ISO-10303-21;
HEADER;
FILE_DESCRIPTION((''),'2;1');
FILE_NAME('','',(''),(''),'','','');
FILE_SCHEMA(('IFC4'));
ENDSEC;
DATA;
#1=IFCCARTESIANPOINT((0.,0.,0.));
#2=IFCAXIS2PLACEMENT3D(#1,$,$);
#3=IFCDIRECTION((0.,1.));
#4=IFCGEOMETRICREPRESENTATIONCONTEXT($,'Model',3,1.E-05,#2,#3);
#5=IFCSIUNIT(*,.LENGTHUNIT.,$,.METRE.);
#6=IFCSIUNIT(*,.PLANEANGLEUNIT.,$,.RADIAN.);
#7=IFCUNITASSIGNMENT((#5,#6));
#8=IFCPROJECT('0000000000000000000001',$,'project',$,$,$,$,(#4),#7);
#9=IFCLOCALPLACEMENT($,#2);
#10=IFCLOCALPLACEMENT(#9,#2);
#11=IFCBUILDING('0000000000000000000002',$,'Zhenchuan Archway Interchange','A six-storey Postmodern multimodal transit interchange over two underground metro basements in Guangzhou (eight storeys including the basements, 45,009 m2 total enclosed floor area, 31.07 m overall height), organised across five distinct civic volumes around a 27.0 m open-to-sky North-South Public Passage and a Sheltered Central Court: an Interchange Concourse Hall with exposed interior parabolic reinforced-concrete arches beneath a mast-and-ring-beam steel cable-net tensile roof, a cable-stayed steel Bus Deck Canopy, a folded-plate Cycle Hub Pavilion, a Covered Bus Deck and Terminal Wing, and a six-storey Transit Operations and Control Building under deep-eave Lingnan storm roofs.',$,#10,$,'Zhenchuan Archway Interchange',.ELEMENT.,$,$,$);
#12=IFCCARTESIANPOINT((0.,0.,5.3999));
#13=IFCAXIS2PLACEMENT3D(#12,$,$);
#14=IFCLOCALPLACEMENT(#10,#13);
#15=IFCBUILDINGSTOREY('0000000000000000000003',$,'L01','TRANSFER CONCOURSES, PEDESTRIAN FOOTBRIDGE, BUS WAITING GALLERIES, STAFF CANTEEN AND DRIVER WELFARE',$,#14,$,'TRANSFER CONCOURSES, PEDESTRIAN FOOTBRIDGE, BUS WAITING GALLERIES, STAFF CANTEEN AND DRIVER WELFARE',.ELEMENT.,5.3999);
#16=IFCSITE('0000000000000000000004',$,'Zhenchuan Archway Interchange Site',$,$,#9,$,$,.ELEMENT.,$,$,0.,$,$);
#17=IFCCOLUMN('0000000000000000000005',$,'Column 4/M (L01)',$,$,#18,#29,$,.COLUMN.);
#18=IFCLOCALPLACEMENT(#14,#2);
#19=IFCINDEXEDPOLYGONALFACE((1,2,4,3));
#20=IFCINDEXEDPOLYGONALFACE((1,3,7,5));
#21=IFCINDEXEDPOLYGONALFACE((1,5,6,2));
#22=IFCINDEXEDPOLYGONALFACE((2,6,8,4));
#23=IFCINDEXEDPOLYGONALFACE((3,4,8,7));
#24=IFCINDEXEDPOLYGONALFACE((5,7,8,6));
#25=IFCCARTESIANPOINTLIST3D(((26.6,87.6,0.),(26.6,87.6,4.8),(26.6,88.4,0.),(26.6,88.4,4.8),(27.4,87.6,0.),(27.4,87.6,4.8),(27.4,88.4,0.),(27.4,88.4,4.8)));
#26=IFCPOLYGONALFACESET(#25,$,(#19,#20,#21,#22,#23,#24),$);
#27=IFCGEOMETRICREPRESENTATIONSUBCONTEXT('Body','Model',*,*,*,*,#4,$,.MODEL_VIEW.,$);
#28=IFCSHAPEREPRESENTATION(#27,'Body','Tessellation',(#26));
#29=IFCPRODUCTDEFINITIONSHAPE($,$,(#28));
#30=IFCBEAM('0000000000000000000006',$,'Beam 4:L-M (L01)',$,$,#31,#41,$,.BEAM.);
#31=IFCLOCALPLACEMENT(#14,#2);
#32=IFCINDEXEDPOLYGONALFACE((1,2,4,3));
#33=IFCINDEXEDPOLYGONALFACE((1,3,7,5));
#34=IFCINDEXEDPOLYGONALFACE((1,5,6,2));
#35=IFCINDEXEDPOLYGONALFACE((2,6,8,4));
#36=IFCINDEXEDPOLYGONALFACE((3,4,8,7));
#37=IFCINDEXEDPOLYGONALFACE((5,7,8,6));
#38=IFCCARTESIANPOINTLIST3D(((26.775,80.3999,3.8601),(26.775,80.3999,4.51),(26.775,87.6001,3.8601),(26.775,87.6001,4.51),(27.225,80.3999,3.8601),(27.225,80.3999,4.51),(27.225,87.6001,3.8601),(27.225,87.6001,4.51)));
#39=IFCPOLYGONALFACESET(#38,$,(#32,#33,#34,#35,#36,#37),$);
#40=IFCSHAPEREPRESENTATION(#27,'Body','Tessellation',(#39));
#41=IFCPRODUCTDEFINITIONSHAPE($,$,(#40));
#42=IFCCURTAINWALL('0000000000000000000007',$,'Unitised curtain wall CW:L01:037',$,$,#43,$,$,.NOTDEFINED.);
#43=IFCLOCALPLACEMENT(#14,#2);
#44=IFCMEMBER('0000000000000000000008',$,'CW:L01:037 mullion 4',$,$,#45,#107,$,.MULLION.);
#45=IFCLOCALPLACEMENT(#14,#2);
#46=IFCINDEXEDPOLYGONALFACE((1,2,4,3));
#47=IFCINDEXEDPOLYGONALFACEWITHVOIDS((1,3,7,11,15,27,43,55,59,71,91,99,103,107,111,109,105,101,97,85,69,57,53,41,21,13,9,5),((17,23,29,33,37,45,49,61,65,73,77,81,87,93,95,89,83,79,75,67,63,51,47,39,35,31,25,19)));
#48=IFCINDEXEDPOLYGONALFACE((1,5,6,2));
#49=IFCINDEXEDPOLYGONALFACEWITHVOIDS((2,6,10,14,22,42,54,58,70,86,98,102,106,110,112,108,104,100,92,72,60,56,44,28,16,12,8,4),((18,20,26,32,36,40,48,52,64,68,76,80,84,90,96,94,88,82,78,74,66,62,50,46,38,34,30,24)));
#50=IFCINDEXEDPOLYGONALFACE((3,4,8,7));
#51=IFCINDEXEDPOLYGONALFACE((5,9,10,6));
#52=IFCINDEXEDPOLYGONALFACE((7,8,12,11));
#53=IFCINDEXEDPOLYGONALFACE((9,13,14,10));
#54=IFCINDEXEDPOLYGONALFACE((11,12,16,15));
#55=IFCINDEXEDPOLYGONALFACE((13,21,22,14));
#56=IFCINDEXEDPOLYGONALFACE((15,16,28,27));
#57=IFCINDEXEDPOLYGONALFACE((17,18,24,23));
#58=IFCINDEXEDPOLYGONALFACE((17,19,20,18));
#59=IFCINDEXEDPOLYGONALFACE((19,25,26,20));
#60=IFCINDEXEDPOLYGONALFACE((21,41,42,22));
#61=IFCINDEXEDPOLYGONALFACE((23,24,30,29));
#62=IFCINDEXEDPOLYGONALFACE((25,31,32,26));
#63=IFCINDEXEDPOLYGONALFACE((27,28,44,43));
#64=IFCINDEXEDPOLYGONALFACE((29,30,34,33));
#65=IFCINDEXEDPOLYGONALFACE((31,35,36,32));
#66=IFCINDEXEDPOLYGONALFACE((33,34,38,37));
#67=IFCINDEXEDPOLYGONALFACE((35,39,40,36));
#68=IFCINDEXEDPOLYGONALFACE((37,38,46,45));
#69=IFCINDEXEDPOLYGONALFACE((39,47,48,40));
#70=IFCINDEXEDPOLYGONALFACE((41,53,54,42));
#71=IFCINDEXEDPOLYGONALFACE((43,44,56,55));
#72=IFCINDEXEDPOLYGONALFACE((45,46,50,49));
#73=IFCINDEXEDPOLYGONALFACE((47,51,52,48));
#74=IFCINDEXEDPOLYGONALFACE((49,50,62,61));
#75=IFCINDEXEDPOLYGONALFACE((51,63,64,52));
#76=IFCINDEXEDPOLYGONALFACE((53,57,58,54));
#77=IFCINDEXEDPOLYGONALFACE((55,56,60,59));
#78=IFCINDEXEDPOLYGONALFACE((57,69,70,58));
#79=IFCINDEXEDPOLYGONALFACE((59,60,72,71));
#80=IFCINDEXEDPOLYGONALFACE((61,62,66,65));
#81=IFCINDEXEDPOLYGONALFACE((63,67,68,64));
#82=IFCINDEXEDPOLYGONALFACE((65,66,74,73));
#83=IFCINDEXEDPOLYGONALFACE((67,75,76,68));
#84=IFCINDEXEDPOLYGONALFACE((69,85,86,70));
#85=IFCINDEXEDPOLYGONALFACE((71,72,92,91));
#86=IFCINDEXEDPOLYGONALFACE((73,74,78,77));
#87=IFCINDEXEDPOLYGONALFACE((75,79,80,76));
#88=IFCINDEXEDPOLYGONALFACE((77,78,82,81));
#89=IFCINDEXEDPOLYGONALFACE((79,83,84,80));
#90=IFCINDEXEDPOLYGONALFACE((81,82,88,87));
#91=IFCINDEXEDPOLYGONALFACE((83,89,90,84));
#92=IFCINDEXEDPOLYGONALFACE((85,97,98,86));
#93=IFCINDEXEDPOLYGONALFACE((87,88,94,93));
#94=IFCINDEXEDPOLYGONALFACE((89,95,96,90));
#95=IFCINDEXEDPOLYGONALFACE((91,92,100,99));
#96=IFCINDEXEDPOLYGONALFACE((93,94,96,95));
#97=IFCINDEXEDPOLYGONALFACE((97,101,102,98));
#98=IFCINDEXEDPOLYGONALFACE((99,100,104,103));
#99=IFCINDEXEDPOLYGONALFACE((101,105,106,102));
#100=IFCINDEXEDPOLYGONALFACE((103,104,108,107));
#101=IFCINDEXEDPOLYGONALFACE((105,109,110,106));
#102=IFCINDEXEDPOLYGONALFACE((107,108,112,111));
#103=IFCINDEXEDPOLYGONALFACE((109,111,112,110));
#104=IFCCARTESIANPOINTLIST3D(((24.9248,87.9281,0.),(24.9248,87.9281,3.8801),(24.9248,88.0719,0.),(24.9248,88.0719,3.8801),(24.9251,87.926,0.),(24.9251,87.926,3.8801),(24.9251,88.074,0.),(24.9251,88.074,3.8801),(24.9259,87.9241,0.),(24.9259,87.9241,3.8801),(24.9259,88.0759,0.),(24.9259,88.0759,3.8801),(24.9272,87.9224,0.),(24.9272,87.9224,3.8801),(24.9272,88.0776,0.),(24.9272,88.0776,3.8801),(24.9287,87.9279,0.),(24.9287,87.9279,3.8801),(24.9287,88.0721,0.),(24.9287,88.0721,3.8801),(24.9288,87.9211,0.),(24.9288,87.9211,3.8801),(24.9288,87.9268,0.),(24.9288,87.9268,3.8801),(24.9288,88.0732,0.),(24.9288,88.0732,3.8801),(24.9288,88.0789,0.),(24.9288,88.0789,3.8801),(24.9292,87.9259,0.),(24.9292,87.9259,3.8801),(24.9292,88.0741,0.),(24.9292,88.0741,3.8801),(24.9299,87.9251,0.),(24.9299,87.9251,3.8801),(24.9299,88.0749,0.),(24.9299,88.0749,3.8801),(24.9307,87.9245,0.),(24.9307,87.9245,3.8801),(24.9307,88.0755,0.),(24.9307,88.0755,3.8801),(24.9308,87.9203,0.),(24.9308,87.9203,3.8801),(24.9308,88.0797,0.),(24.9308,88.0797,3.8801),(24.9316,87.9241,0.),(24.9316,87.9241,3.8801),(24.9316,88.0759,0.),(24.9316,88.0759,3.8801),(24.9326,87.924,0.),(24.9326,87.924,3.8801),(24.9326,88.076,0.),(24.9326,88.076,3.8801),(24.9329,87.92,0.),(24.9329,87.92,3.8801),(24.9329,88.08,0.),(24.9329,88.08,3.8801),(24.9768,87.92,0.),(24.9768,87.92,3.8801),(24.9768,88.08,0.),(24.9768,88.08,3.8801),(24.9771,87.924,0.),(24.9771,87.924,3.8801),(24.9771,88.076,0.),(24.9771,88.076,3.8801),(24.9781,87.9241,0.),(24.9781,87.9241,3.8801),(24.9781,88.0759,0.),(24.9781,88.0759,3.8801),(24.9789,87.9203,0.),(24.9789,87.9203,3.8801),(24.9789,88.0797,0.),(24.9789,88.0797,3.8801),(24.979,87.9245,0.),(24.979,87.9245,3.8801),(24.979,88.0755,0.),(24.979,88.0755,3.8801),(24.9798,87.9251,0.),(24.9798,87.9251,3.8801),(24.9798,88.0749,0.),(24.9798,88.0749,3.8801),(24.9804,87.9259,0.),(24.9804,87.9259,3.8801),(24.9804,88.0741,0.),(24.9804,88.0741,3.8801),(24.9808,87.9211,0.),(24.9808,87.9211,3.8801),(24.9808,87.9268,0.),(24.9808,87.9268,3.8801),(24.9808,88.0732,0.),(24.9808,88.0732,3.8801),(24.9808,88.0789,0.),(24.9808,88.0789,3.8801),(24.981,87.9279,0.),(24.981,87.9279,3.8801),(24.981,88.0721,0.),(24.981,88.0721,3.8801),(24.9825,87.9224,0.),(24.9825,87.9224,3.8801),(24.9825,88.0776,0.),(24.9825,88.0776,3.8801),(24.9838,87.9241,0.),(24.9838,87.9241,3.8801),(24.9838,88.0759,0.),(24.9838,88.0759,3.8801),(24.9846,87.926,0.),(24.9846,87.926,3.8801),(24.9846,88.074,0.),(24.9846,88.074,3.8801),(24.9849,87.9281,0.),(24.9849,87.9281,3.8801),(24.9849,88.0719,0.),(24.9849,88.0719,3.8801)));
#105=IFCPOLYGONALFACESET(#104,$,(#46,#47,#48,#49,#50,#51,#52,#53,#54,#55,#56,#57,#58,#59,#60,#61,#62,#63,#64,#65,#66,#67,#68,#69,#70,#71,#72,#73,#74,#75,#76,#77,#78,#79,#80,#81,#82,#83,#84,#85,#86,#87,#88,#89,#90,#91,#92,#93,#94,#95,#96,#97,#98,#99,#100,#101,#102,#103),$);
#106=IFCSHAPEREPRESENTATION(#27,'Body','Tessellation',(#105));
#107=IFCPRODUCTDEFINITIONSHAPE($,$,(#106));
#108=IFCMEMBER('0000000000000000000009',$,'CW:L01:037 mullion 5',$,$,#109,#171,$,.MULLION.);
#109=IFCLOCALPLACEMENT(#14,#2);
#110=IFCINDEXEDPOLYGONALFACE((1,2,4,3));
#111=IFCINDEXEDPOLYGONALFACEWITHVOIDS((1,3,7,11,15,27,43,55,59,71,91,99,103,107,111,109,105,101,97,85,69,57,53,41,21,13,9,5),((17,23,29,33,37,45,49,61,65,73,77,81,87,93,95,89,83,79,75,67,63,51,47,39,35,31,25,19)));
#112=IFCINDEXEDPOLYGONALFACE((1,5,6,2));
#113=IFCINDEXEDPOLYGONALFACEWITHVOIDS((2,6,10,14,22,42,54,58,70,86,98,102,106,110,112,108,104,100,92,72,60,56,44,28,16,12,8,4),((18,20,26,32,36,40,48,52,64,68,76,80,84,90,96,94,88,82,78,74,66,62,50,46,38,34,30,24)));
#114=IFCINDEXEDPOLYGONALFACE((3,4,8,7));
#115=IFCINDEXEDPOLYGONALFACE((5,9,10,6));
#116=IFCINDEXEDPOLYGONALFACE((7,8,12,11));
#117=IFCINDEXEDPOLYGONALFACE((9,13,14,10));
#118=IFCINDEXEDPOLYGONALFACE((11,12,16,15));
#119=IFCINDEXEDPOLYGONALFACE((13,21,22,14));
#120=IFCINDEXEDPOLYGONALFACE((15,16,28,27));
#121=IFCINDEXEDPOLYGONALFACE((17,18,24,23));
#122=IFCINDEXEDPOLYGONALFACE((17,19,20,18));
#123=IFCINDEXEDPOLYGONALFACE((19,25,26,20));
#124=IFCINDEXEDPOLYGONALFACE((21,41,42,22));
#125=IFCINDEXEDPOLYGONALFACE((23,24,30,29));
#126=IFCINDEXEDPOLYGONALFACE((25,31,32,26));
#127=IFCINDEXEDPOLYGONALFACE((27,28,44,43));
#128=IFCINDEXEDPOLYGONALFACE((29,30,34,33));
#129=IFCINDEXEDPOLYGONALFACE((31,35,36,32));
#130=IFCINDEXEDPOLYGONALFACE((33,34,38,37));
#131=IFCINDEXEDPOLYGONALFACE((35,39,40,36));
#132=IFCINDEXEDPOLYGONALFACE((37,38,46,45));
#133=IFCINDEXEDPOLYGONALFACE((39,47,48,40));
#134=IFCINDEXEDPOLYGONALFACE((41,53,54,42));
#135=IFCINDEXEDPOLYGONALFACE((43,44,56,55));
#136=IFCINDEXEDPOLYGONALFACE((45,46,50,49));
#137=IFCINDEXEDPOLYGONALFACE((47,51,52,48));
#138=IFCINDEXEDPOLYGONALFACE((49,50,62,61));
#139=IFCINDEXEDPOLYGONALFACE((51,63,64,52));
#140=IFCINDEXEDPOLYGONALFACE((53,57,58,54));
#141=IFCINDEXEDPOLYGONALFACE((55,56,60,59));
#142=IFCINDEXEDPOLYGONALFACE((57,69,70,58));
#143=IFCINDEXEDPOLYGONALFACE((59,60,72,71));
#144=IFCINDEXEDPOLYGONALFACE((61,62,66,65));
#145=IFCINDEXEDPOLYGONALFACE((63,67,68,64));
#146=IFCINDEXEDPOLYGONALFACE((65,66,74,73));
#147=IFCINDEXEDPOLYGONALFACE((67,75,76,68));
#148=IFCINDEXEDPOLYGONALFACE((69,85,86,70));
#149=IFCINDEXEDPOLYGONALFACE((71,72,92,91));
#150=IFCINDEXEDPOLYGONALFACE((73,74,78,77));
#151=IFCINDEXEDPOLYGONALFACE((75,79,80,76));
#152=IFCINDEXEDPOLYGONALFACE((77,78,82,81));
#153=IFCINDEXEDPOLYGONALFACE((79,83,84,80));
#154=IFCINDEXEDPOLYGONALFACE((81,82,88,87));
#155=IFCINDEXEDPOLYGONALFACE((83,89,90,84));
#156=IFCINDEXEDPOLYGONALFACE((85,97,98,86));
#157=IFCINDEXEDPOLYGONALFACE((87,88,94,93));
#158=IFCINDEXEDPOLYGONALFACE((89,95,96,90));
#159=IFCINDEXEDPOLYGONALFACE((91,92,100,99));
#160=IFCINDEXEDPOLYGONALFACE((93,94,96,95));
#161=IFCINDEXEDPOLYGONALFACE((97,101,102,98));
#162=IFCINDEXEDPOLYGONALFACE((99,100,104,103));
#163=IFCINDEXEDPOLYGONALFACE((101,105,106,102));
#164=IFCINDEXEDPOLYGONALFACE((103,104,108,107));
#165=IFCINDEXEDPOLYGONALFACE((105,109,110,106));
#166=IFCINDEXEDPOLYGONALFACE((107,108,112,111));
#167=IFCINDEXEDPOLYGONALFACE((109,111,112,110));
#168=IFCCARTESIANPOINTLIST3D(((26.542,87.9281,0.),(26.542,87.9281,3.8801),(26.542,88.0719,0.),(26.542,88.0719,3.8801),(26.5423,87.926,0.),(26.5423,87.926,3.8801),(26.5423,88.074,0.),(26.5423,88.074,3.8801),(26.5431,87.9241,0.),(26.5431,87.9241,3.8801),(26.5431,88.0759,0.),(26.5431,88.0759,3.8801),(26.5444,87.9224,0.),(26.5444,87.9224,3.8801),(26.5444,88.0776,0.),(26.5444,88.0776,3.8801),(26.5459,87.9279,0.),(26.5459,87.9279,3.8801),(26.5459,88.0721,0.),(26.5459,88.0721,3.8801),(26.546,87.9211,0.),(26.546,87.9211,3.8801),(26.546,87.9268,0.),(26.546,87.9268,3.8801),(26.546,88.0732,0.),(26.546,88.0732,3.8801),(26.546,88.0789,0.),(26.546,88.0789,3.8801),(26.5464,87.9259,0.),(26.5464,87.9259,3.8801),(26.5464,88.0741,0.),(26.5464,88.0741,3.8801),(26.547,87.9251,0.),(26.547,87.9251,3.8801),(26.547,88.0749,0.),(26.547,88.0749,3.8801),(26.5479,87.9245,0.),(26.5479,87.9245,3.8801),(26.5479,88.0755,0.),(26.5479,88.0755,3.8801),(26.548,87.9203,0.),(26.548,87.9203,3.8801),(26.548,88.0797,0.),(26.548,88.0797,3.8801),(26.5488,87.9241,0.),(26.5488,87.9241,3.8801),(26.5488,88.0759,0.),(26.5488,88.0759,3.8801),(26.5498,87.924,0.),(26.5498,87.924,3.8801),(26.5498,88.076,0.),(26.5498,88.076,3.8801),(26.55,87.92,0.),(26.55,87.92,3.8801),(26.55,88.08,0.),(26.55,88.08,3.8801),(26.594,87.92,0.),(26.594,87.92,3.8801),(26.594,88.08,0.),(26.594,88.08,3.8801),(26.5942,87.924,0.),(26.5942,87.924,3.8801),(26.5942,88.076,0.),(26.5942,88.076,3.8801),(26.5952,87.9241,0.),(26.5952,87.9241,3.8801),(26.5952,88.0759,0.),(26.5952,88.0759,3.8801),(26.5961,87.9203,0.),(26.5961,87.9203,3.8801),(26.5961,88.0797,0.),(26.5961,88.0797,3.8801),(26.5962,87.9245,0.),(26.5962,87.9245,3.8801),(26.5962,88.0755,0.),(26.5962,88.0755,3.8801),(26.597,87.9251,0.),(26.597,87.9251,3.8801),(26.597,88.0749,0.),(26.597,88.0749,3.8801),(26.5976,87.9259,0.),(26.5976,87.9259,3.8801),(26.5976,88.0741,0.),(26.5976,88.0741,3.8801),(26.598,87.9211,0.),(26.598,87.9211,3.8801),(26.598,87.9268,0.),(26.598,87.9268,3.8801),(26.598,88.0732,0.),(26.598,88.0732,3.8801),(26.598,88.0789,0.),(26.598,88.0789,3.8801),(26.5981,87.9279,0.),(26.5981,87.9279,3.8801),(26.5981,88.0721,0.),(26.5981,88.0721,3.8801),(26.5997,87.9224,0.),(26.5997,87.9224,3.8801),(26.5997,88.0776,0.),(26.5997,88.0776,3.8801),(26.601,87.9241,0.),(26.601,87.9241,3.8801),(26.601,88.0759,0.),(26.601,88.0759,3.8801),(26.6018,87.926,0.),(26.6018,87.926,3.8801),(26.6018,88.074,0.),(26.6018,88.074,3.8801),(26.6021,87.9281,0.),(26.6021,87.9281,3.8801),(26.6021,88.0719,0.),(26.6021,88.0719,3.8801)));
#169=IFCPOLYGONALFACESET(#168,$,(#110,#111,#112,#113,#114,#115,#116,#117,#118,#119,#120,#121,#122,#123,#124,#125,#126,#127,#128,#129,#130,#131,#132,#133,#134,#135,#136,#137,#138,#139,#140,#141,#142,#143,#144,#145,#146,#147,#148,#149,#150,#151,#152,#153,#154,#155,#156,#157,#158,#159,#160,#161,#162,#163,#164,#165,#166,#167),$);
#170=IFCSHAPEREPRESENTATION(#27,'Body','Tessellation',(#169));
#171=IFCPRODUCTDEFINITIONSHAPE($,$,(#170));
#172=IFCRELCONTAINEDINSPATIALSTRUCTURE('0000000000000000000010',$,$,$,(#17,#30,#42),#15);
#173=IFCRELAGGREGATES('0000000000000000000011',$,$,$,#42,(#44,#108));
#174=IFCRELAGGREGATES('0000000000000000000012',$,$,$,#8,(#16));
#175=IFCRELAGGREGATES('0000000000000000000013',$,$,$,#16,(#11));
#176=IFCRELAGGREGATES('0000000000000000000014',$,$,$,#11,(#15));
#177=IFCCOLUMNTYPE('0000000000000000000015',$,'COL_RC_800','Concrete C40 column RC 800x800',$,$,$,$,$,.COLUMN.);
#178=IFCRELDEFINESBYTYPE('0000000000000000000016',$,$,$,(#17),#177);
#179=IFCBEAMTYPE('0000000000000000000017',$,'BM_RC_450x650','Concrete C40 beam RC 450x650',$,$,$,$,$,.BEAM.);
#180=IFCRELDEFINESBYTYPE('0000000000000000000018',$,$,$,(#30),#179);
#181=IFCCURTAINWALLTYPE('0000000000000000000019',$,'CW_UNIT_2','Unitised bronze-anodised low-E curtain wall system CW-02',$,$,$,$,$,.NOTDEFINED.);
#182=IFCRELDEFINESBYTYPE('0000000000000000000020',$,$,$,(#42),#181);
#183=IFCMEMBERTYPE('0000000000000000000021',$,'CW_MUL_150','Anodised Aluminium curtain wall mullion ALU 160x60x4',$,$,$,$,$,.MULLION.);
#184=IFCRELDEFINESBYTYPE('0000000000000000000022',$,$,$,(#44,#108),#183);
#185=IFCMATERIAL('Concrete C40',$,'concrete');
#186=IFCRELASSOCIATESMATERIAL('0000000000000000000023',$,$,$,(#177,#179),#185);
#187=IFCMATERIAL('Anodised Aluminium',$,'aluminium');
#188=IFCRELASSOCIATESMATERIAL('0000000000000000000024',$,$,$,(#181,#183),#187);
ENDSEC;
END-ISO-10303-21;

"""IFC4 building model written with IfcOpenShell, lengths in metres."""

from ifc_helpers import new_model, si_unit, direction, frame, origin, origin_2d, place, context, subcontext, project, spatial, rectangle, hollow_rectangle, extrude, material, material_profile, profile_set, type_object, element, aggregate, save


model = new_model("IFC4")

# Units and contexts
model_context = context("Model", 3, precision=1e-05, world=origin(), true_north=direction((0.0, 1.0)))
body_context = subcontext(model_context, "Body", "Model", "MODEL_VIEW")
ifc_project = project(units=[si_unit("LENGTHUNIT", "METRE"), si_unit("PLANEANGLEUNIT", "RADIAN")], contexts=[model_context])

# Site, building, storey
site_placement = place(None, origin())
site = spatial("IfcSite", under=ifc_project, at=site_placement, Name="Zhenchuan Archway Interchange Site", CompositionType="ELEMENT", RefElevation=0.0)
building_placement = place(site_placement, origin())
building = spatial("IfcBuilding", under=site, at=building_placement, Name="Zhenchuan Archway Interchange", Description="A six-storey Postmodern multimodal transit interchange over two underground metro basements in Guangzhou (eight storeys including the basements, 45,009 m2 total enclosed floor area, 31.07 m overall height), organised across five distinct civic volumes around a 27.0 m open-to-sky North-South Public Passage and a Sheltered Central Court: an Interchange Concourse Hall with exposed interior parabolic reinforced-concrete arches beneath a mast-and-ring-beam steel cable-net tensile roof, a cable-stayed steel Bus Deck Canopy, a folded-plate Cycle Hub Pavilion, a Covered Bus Deck and Terminal Wing, and a six-storey Transit Operations and Control Building under deep-eave Lingnan storm roofs.", LongName="Zhenchuan Archway Interchange", CompositionType="ELEMENT")
storey_placement = place(building_placement, frame((0.0, 0.0, 5.3999)))
storey = spatial("IfcBuildingStorey", under=building, at=storey_placement, Name="L01", Description="TRANSFER CONCOURSES, PEDESTRIAN FOOTBRIDGE, BUS WAITING GALLERIES, STAFF CANTEEN AND DRIVER WELFARE", LongName="TRANSFER CONCOURSES, PEDESTRIAN FOOTBRIDGE, BUS WAITING GALLERIES, STAFF CANTEEN AND DRIVER WELFARE", CompositionType="ELEMENT", Elevation=5.3999)

# Column
ifc_material_1 = material(Name="Concrete C40", Category="concrete")
ifc_material_profile_1 = material_profile(ifc_material_1, rectangle(XDim=0.8, YDim=0.8, at=origin_2d()), Name="RC 800x800")
ifc_profile_set_1 = profile_set([ifc_material_profile_1], Name="Concrete C40")
column_type = type_object("IfcColumnType", Name="COL_RC_800", Description="Concrete C40 column RC 800x800", PredefinedType="COLUMN", material=ifc_profile_set_1)
column_placement = place(storey_placement, frame((27.0, 88.0, 0.0), z_axis=(0.0, 0.0, 1.0), x_axis=(1.0, 0.0, 0.0)))
element("IfcColumn", 1, at=column_placement, inside=storey, type_object=column_type, Name="Column 4/M (L01)", PredefinedType="COLUMN", context=body_context, shape_type="SweptSolid", body=[
    extrude(rectangle(XDim=0.8, YDim=0.8, at=origin_2d()), origin(), (0.0, 0.0, 1.0), 4.8),
])

# Beam
ifc_material_profile_2 = material_profile(ifc_material_1, rectangle(XDim=0.45, YDim=0.6499, at=origin_2d()), Name="RC 450x650")
ifc_profile_set_2 = profile_set([ifc_material_profile_2], Name="Concrete C40")
beam_type_1 = type_object("IfcBeamType", Name="BM_RC_450x650", Description="Concrete C40 beam RC 450x650", PredefinedType="BEAM", material=ifc_profile_set_2)
beam_1_placement = place(storey_placement, frame((27.0, 80.3999, 4.1851), z_axis=(0.0, 1.0, 0.0), x_axis=(-1.0, 0.0, 0.0)))
element("IfcBeam", 2, at=beam_1_placement, inside=storey, type_object=beam_type_1, Name="Beam 4:L-M (L01)", PredefinedType="BEAM", context=body_context, shape_type="SweptSolid", body=[
    extrude(rectangle(XDim=0.45, YDim=0.6499, at=origin_2d()), origin(), (0.0, 0.0, 1.0), 7.2002),
])

# Curtain wall, members
ifc_material_2 = material(Name="Anodised Aluminium", Category="aluminium")
curtain_wall_type_1 = type_object("IfcCurtainWallType", Name="CW_UNIT_2", Description="Unitised bronze-anodised low-E curtain wall system CW-02", PredefinedType="NOTDEFINED", material=ifc_material_2)
curtain_wall_1_placement = place(storey_placement, origin())
curtain_wall_1 = element("IfcCurtainWall", 3, at=curtain_wall_1_placement, inside=storey, type_object=curtain_wall_type_1, Name="Unitised curtain wall CW:L01:037", PredefinedType="NOTDEFINED")
ifc_material_profile_3 = material_profile(ifc_material_2, hollow_rectangle(XDim=0.0601, YDim=0.1599, WallThickness=0.0039, InnerFilletRadius=0.0039, OuterFilletRadius=0.0081, at=origin_2d()), Name="ALU 160x60x4")
ifc_profile_set_3 = profile_set([ifc_material_profile_3], Name="Anodised Aluminium")
member_type_1 = type_object("IfcMemberType", Name="CW_MUL_150", Description="Anodised Aluminium curtain wall mullion ALU 160x60x4", PredefinedType="MULLION", material=ifc_profile_set_3)
member_1_placement = place(storey_placement, frame((24.9548, 88.0, 0.0), z_axis=(0.0, 0.0, 1.0), x_axis=(1.0, 0.0, 0.0)))
member_1 = element("IfcMember", 4, at=member_1_placement, type_object=member_type_1, Name="CW:L01:037 mullion 4", PredefinedType="MULLION", context=body_context, shape_type="SweptSolid", body=[
    extrude(hollow_rectangle(XDim=0.0601, YDim=0.1599, WallThickness=0.0039, InnerFilletRadius=0.0039, OuterFilletRadius=0.0081, at=origin_2d()), origin(), (0.0, 0.0, 1.0), 3.8801),
])
member_2_placement = place(storey_placement, frame((26.572, 88.0, 0.0), z_axis=(0.0, 0.0, 1.0), x_axis=(1.0, 0.0, 0.0)))
member_2 = element("IfcMember", 5, at=member_2_placement, type_object=member_type_1, Name="CW:L01:037 mullion 5", PredefinedType="MULLION", context=body_context, shape_type="SweptSolid", body=[
    extrude(hollow_rectangle(XDim=0.0601, YDim=0.1599, WallThickness=0.0039, InnerFilletRadius=0.0039, OuterFilletRadius=0.0081, at=origin_2d()), origin(), (0.0, 0.0, 1.0), 3.8801),
])

aggregate(curtain_wall_1, [member_1, member_2])

save(model, "model.ifc")
